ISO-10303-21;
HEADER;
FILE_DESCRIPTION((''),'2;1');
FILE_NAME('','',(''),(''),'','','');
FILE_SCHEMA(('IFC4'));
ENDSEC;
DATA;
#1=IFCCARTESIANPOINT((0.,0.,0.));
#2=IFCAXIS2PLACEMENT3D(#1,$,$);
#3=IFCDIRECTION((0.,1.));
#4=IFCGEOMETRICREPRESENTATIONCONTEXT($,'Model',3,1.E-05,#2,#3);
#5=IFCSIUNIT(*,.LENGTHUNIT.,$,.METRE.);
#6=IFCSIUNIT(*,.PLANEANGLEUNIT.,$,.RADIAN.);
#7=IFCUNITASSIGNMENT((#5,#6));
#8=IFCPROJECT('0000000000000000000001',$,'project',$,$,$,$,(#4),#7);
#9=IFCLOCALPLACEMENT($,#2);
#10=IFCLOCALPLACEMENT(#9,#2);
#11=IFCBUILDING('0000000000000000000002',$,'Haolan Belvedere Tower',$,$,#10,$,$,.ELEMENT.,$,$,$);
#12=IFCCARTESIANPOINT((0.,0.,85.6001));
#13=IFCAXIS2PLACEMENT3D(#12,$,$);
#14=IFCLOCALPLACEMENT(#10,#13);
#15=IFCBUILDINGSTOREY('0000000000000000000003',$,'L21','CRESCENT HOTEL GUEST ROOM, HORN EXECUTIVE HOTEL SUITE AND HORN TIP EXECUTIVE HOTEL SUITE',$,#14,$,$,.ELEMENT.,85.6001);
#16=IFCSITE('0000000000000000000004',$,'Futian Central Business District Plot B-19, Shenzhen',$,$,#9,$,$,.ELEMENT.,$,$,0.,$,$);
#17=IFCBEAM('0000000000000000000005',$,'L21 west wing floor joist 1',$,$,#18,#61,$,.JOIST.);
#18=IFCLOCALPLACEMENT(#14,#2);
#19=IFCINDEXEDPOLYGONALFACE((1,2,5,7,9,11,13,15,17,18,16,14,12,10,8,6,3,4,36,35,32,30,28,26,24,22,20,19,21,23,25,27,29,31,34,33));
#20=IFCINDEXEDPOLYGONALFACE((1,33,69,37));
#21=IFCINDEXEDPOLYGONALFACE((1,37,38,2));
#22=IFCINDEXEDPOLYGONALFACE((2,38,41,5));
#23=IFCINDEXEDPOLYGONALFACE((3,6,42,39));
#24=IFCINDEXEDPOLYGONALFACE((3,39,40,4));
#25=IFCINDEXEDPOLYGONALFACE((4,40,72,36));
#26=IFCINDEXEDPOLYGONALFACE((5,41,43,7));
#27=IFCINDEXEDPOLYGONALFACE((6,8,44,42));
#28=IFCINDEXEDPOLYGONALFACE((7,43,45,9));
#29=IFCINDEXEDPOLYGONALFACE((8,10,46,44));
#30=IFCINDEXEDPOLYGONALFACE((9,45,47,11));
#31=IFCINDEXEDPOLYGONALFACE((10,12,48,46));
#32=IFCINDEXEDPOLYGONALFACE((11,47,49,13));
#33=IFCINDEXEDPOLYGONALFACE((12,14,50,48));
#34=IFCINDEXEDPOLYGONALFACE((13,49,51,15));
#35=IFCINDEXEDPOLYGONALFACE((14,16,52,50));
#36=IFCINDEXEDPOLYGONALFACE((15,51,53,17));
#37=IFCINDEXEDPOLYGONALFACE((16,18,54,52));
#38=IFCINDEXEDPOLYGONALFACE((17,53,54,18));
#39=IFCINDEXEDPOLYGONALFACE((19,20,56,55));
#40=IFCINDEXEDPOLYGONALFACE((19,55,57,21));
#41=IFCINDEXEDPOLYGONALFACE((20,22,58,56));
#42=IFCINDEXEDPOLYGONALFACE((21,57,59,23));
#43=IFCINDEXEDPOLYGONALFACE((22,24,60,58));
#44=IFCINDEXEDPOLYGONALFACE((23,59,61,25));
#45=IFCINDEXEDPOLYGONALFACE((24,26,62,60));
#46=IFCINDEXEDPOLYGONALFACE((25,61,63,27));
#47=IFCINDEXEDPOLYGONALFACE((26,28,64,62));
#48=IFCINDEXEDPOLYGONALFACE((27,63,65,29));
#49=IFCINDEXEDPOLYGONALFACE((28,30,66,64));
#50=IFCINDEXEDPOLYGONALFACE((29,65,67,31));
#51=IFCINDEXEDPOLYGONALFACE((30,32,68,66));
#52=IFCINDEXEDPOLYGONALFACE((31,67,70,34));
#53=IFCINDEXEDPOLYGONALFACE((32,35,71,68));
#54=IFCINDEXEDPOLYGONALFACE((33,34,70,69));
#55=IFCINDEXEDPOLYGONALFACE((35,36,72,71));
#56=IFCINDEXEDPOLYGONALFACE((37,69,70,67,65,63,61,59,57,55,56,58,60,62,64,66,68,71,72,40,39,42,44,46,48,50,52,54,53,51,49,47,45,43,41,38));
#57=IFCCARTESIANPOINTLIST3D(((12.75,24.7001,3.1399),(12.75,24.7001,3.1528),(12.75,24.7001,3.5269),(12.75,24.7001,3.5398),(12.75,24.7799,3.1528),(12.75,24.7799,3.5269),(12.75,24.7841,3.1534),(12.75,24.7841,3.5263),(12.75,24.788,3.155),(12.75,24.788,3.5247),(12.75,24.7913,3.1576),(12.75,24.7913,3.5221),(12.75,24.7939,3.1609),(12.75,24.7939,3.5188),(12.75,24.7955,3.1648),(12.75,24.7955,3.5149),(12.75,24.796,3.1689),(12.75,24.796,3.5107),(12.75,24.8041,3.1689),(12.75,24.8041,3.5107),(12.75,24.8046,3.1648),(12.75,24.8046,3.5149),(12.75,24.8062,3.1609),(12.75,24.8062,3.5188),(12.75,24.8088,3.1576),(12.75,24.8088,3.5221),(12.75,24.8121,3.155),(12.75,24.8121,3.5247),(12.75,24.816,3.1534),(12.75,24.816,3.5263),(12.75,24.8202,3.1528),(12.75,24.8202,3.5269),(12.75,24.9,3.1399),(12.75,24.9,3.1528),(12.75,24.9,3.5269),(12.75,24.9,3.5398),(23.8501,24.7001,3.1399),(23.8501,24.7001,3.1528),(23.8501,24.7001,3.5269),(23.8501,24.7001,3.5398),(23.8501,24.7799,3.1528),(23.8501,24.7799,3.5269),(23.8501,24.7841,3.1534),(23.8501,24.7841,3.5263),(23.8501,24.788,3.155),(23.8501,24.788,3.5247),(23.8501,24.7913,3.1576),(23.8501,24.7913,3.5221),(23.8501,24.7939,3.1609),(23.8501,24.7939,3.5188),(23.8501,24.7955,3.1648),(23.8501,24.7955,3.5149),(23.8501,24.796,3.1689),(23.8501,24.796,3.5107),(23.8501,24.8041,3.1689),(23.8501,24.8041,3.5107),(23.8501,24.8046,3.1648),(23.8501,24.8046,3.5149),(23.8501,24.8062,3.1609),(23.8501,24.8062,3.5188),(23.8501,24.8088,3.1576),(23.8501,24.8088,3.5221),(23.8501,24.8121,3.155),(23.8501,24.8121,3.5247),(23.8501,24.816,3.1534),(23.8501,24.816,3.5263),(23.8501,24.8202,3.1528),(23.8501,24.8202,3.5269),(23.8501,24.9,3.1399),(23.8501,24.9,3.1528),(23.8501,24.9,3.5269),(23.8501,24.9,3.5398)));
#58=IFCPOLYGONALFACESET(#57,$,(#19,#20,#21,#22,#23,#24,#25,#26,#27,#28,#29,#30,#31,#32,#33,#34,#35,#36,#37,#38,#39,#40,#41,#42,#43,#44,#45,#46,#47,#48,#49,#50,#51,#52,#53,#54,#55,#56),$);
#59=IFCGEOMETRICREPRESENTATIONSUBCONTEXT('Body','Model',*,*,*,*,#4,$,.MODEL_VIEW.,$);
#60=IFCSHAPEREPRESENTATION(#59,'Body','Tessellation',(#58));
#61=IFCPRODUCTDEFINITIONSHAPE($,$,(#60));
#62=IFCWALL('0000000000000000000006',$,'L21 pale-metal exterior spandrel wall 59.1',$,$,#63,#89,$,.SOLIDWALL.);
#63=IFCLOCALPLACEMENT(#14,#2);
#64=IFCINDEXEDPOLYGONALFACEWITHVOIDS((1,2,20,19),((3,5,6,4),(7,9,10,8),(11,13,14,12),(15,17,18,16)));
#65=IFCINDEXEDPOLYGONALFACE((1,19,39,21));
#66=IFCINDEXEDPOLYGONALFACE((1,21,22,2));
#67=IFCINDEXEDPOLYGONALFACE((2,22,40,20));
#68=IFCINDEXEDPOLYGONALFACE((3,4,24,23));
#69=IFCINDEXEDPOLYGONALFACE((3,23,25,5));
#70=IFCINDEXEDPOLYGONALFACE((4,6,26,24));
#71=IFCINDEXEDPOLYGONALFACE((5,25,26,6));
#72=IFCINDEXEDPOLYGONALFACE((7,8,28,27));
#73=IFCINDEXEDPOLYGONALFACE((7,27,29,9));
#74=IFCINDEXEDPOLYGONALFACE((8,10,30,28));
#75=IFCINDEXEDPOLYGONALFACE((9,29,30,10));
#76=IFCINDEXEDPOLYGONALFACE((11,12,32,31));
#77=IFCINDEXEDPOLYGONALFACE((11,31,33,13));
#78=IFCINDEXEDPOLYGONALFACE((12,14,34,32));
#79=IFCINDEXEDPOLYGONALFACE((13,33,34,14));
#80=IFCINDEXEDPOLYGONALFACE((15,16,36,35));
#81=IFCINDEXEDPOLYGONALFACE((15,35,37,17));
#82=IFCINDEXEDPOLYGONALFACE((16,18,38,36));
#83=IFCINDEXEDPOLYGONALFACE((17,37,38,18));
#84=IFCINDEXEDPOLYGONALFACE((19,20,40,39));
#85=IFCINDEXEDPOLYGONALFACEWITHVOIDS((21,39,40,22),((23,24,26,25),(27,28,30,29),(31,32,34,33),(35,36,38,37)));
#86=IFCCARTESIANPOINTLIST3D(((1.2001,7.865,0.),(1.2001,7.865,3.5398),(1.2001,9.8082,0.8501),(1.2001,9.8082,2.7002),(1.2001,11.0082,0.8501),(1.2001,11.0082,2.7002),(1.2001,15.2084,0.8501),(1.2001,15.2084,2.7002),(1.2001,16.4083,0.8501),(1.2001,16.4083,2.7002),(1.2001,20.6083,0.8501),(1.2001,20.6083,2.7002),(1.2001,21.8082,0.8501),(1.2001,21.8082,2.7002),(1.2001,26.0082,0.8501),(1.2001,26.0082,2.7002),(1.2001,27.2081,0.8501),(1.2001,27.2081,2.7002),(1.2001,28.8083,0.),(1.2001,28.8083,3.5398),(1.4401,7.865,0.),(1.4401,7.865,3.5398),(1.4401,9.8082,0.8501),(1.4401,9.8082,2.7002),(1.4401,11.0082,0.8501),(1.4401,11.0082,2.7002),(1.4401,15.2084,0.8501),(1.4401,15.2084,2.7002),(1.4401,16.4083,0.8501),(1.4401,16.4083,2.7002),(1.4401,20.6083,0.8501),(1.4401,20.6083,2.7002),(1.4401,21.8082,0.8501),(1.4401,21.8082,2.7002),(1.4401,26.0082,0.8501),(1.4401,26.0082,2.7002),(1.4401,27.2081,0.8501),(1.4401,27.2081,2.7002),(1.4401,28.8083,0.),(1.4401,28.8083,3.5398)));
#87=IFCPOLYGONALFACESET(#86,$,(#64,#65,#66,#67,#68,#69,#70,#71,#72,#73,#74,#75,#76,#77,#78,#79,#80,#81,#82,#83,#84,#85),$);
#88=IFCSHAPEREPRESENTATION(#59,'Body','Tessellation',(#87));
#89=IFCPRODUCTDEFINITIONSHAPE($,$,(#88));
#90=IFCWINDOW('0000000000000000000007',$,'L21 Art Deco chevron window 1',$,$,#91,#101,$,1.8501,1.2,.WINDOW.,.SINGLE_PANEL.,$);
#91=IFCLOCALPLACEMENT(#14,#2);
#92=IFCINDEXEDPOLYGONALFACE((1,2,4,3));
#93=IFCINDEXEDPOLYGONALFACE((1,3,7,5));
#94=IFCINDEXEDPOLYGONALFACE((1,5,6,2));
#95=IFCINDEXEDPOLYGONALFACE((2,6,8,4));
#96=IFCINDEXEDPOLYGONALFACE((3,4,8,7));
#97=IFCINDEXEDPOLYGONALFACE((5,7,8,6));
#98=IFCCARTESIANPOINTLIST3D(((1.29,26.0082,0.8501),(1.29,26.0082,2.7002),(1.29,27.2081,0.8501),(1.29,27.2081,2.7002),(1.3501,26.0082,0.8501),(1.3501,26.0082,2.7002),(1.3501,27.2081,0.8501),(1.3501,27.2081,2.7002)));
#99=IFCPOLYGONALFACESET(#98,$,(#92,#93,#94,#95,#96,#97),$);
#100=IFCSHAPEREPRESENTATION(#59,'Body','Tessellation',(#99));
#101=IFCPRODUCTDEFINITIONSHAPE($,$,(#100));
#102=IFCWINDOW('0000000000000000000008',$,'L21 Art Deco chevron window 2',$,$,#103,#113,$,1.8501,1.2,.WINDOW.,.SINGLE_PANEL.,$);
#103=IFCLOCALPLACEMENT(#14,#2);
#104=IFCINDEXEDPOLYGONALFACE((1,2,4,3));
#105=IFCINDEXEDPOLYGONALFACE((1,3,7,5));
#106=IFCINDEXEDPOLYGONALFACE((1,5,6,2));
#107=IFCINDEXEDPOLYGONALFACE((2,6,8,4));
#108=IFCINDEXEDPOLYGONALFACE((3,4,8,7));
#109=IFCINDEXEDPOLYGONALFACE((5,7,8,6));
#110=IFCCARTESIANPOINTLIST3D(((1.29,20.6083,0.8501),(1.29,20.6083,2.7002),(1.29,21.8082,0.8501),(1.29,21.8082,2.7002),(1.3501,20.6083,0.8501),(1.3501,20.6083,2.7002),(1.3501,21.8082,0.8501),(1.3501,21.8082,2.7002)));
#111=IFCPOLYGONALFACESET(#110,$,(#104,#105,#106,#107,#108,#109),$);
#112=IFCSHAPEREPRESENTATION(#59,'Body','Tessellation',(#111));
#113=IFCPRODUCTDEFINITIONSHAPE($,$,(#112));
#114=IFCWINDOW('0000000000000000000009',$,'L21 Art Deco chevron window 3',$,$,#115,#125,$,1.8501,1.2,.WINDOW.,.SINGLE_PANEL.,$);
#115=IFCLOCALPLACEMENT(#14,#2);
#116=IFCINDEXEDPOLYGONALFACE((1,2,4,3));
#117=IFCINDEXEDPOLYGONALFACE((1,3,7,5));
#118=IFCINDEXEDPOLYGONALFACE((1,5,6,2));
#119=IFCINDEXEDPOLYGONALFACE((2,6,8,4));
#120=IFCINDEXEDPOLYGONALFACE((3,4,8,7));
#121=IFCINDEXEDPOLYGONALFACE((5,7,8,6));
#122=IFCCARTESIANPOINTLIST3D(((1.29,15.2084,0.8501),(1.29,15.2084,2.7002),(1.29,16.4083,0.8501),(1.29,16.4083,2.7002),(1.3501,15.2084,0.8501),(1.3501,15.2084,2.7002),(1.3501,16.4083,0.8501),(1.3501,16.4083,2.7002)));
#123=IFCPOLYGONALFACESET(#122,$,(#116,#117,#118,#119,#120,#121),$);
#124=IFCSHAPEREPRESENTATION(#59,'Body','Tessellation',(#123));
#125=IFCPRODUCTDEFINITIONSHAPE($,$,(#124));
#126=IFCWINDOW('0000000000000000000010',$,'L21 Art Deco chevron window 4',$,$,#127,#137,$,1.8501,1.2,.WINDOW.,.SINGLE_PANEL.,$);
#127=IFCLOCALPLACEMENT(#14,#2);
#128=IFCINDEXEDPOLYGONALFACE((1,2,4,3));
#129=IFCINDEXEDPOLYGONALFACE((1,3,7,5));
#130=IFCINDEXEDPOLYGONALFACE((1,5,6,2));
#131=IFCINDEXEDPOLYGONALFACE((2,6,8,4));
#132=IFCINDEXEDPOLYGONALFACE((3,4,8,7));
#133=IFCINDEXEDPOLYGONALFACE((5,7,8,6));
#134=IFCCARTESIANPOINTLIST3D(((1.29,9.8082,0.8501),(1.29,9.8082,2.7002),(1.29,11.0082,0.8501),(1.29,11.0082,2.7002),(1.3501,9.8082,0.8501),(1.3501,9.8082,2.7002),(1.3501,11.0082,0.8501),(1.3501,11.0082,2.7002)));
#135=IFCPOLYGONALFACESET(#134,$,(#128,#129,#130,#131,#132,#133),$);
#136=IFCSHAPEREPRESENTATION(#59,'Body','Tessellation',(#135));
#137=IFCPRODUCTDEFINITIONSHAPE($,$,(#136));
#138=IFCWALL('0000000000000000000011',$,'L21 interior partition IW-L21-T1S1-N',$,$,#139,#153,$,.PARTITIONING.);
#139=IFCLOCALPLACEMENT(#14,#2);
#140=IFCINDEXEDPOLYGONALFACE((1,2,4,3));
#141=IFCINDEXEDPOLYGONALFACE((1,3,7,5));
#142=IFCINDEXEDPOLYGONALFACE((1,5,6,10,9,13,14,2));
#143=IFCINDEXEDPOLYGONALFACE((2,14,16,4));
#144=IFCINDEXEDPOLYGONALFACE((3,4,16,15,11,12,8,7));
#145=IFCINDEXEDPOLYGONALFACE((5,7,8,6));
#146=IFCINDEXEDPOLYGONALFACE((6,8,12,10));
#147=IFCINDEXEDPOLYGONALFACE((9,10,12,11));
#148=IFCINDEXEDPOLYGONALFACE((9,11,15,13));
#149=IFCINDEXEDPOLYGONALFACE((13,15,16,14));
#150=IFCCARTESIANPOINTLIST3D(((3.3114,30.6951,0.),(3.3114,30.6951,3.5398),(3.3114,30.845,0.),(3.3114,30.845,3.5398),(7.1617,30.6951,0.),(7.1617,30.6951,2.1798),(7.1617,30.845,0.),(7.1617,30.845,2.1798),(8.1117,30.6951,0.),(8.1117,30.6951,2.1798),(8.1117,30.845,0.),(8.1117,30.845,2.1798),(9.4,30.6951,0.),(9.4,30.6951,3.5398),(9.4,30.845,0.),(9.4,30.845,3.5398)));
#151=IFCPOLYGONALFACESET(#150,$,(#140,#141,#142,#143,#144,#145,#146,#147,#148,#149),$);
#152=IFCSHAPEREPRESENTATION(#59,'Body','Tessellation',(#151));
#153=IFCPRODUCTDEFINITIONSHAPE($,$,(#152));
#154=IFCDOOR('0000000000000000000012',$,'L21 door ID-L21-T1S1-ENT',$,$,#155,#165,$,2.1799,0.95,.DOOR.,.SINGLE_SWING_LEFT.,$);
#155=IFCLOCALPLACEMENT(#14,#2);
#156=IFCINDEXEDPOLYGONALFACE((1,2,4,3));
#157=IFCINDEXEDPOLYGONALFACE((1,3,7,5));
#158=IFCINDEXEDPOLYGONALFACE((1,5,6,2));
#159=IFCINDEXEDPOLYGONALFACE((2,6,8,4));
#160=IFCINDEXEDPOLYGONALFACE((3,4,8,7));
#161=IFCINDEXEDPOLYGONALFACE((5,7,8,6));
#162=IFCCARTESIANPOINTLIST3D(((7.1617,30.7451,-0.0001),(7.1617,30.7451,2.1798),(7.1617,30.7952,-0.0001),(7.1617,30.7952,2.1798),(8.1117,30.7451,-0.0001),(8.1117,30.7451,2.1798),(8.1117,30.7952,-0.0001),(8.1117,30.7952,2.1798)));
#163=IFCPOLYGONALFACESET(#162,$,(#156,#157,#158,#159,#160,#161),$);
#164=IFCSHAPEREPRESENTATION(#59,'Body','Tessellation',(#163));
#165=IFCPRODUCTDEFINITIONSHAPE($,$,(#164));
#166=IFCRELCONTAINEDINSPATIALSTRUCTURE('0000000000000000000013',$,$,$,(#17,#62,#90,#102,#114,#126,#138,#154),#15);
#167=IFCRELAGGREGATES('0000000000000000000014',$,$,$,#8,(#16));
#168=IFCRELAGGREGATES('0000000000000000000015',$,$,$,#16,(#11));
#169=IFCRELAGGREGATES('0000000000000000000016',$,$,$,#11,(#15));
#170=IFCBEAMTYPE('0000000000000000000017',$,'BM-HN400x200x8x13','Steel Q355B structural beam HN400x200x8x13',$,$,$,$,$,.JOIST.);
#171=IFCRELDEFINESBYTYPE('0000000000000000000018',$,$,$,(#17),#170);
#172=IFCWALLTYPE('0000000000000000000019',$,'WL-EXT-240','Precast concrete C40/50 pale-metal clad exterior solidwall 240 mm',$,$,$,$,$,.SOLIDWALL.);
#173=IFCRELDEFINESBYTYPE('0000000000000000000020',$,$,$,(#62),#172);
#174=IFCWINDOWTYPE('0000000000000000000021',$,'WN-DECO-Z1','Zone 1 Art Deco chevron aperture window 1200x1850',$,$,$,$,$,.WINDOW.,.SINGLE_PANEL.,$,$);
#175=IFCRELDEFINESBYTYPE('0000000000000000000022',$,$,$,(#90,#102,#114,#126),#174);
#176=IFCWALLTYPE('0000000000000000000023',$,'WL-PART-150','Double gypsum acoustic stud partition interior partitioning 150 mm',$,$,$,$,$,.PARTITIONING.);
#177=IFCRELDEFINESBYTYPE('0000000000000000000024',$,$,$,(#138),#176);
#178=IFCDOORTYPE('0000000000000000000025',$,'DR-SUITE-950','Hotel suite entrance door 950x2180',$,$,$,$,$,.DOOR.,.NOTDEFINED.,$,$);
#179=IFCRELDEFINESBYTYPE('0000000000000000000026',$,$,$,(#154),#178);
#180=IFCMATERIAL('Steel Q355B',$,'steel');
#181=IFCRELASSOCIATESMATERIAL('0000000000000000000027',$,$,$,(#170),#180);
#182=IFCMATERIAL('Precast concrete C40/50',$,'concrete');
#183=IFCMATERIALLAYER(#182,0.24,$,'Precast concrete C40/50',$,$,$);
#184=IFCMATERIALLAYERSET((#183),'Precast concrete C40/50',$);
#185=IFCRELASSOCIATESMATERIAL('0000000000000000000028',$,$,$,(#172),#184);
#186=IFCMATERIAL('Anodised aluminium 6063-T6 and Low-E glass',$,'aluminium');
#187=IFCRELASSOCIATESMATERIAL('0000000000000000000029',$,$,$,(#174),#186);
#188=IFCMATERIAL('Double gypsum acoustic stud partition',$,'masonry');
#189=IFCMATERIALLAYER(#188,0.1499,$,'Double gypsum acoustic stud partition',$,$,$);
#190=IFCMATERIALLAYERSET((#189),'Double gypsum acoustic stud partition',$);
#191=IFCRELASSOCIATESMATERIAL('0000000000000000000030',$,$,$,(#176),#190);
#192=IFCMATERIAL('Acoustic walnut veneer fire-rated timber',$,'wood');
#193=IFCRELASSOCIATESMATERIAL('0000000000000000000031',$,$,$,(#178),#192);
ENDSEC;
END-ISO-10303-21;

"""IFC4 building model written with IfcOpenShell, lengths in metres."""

from ifc_helpers import new_model, si_unit, direction, frame, frame_2d, origin, origin_2d, place, context, subcontext, project, spatial, rectangle, i_section, extrude, material, layer, layer_set, material_profile, profile_set, type_object, element, fill, save


model = new_model("IFC4")

# Units and contexts
model_context = context("Model", 3, precision=1e-05, world=origin(), true_north=direction((0.0, 1.0)))
body_context = subcontext(model_context, "Body", "Model", "MODEL_VIEW")
ifc_project = project(units=[si_unit("LENGTHUNIT", "METRE"), si_unit("PLANEANGLEUNIT", "RADIAN")], contexts=[model_context])

# Site, building, storey
site_placement = place(None, origin())
site = spatial("IfcSite", under=ifc_project, at=site_placement, Name="Futian Central Business District Plot B-19, Shenzhen", CompositionType="ELEMENT", RefElevation=0.0)
building_placement = place(site_placement, origin())
building = spatial("IfcBuilding", under=site, at=building_placement, Name="Haolan Belvedere Tower", CompositionType="ELEMENT")
storey_placement = place(building_placement, frame((0.0, 0.0, 85.6001)))
storey = spatial("IfcBuildingStorey", under=building, at=storey_placement, Name="L21", Description="CRESCENT HOTEL GUEST ROOM, HORN EXECUTIVE HOTEL SUITE AND HORN TIP EXECUTIVE HOTEL SUITE", CompositionType="ELEMENT", Elevation=85.6001)

# Shared definitions
ifc_material_1 = material(Name="Steel Q355B", Category="steel")

# Beam
ifc_material_profile_1 = material_profile(ifc_material_1, i_section(OverallWidth=0.2, OverallDepth=0.3999, WebThickness=0.0081, FlangeThickness=0.0129, FilletRadius=0.0161, at=origin_2d()), Name="Steel Q355B")
ifc_profile_set_1 = profile_set([ifc_material_profile_1], Name="Steel Q355B")
beam_type_1 = type_object("IfcBeamType", Name="BM-HN400x200x8x13", Description="Steel Q355B structural beam HN400x200x8x13", PredefinedType="JOIST", material=ifc_profile_set_1)
beam_1_placement = place(storey_placement, frame((12.75, 24.8, 3.3398), z_axis=(1.0, 0.0, 0.0), x_axis=(0.0, 1.0, 0.0)))
element("IfcBeam", 1, at=beam_1_placement, inside=storey, type_object=beam_type_1, Name="L21 west wing floor joist 1", PredefinedType="JOIST", context=body_context, shape_type="SweptSolid", body=[
    extrude(i_section(OverallWidth=0.2, OverallDepth=0.3999, WebThickness=0.0081, FlangeThickness=0.0129, FilletRadius=0.0161, at=origin_2d()), origin(), (0.0, 0.0, 1.0), 11.1001),
])

# Wall, openings, windows
ifc_material_2 = material(Name="Precast concrete C40/50", Category="concrete")
ifc_layer_1 = layer(ifc_material_2, 0.24, Name="Precast concrete C40/50")
ifc_layer_set_1 = layer_set([ifc_layer_1], Name="Precast concrete C40/50")
wall_type_1 = type_object("IfcWallType", Name="WL-EXT-240", Description="Precast concrete C40/50 pale-metal clad exterior solidwall 240 mm", PredefinedType="SOLIDWALL", material=ifc_layer_set_1)
wall_1_placement = place(storey_placement, frame((1.3201, 28.8083, 0.0), z_axis=(0.0, 0.0, 1.0), x_axis=(0.0, -1.0, 0.0)))
wall_1 = element("IfcWall", 2, at=wall_1_placement, inside=storey, type_object=wall_type_1, Name="L21 pale-metal exterior spandrel wall 59.1", PredefinedType="SOLIDWALL", context=body_context, shape_type="SweptSolid", body=[
    extrude(rectangle(XDim=20.9434, YDim=0.24, at=frame_2d((10.4717, 0.0))), origin(), (0.0, 0.0, 1.0), 3.5398),
])
opening_1_placement = place(wall_1_placement, frame((1.6001, 0.0, 0.8501)))
opening_1 = element("IfcOpeningElement", 3, at=opening_1_placement, cuts=wall_1, PredefinedType="OPENING", context=body_context, shape_type="SweptSolid", body=[
    extrude(rectangle(XDim=1.2, YDim=1.8501, at=frame_2d((0.6001, 0.925))), frame((0.0, 0.1299, 0.0), z_axis=(0.0, -1.0, 0.0), x_axis=(1.0, 0.0, 0.0)), (0.0, 0.0, 1.0), 0.26),
])
opening_2_placement = place(wall_1_placement, frame((7.0, 0.0, 0.8501)))
opening_2 = element("IfcOpeningElement", 4, at=opening_2_placement, cuts=wall_1, PredefinedType="OPENING", context=body_context, shape_type="SweptSolid", body=[
    extrude(rectangle(XDim=1.2, YDim=1.8501, at=frame_2d((0.6001, 0.925))), frame((0.0, 0.1299, 0.0), z_axis=(0.0, -1.0, 0.0), x_axis=(1.0, 0.0, 0.0)), (0.0, 0.0, 1.0), 0.26),
])
opening_3_placement = place(wall_1_placement, frame((12.3999, 0.0, 0.8501)))
opening_3 = element("IfcOpeningElement", 5, at=opening_3_placement, cuts=wall_1, PredefinedType="OPENING", context=body_context, shape_type="SweptSolid", body=[
    extrude(rectangle(XDim=1.2, YDim=1.8501, at=frame_2d((0.6001, 0.925))), frame((0.0, 0.1299, 0.0), z_axis=(0.0, -1.0, 0.0), x_axis=(1.0, 0.0, 0.0)), (0.0, 0.0, 1.0), 0.26),
])
opening_4_placement = place(wall_1_placement, frame((17.8, 0.0, 0.8501)))
opening_4 = element("IfcOpeningElement", 6, at=opening_4_placement, cuts=wall_1, PredefinedType="OPENING", context=body_context, shape_type="SweptSolid", body=[
    extrude(rectangle(XDim=1.2, YDim=1.8501, at=frame_2d((0.6001, 0.925))), frame((0.0, 0.1299, 0.0), z_axis=(0.0, -1.0, 0.0), x_axis=(1.0, 0.0, 0.0)), (0.0, 0.0, 1.0), 0.26),
])
ifc_material_3 = material(Name="Anodised aluminium 6063-T6 and Low-E glass", Category="aluminium")
window_type = type_object("IfcWindowType", Name="WN-DECO-Z1", Description="Zone 1 Art Deco chevron aperture window 1200x1850", PartitioningType="SINGLE_PANEL", PredefinedType="WINDOW", material=ifc_material_3)
window_1_placement = place(opening_1_placement, origin())
window_1 = element("IfcWindow", 7, at=window_1_placement, inside=storey, type_object=window_type, Name="L21 Art Deco chevron window 1", OverallHeight=1.8501, OverallWidth=1.2, PartitioningType="SINGLE_PANEL", PredefinedType="WINDOW", context=body_context, shape_type="SweptSolid", body=[
    extrude(rectangle(XDim=1.2, YDim=1.8501, at=frame_2d((0.6001, 0.925))), frame((0.0, 0.03, 0.0), z_axis=(0.0, -1.0, 0.0), x_axis=(1.0, 0.0, 0.0)), (0.0, 0.0, 1.0), 0.0601),
])
fill(opening_1, window_1)
window_2_placement = place(opening_2_placement, origin())
window_2 = element("IfcWindow", 8, at=window_2_placement, inside=storey, type_object=window_type, Name="L21 Art Deco chevron window 2", OverallHeight=1.8501, OverallWidth=1.2, PartitioningType="SINGLE_PANEL", PredefinedType="WINDOW", context=body_context, shape_type="SweptSolid", body=[
    extrude(rectangle(XDim=1.2, YDim=1.8501, at=frame_2d((0.6001, 0.925))), frame((0.0, 0.03, 0.0), z_axis=(0.0, -1.0, 0.0), x_axis=(1.0, 0.0, 0.0)), (0.0, 0.0, 1.0), 0.0601),
])
fill(opening_2, window_2)
window_3_placement = place(opening_3_placement, origin())
window_3 = element("IfcWindow", 9, at=window_3_placement, inside=storey, type_object=window_type, Name="L21 Art Deco chevron window 3", OverallHeight=1.8501, OverallWidth=1.2, PartitioningType="SINGLE_PANEL", PredefinedType="WINDOW", context=body_context, shape_type="SweptSolid", body=[
    extrude(rectangle(XDim=1.2, YDim=1.8501, at=frame_2d((0.6001, 0.925))), frame((0.0, 0.03, 0.0), z_axis=(0.0, -1.0, 0.0), x_axis=(1.0, 0.0, 0.0)), (0.0, 0.0, 1.0), 0.0601),
])
fill(opening_3, window_3)
window_4_placement = place(opening_4_placement, origin())
window_4 = element("IfcWindow", 10, at=window_4_placement, inside=storey, type_object=window_type, Name="L21 Art Deco chevron window 4", OverallHeight=1.8501, OverallWidth=1.2, PartitioningType="SINGLE_PANEL", PredefinedType="WINDOW", context=body_context, shape_type="SweptSolid", body=[
    extrude(rectangle(XDim=1.2, YDim=1.8501, at=frame_2d((0.6001, 0.925))), frame((0.0, 0.03, 0.0), z_axis=(0.0, -1.0, 0.0), x_axis=(1.0, 0.0, 0.0)), (0.0, 0.0, 1.0), 0.0601),
])
fill(opening_4, window_4)

# Wall, opening, door
ifc_material_4 = material(Name="Double gypsum acoustic stud partition", Category="masonry")
ifc_layer_2 = layer(ifc_material_4, 0.1499, Name="Double gypsum acoustic stud partition")
ifc_layer_set_2 = layer_set([ifc_layer_2], Name="Double gypsum acoustic stud partition")
wall_type_2 = type_object("IfcWallType", Name="WL-PART-150", Description="Double gypsum acoustic stud partition interior partitioning 150 mm", PredefinedType="PARTITIONING", material=ifc_layer_set_2)
wall_2_placement = place(storey_placement, frame((3.3113, 30.77, 0.0), z_axis=(0.0, 0.0, 1.0), x_axis=(1.0, 0.0, 0.0)))
wall_2 = element("IfcWall", 11, at=wall_2_placement, inside=storey, type_object=wall_type_2, Name="L21 interior partition IW-L21-T1S1-N", PredefinedType="PARTITIONING", context=body_context, shape_type="SweptSolid", body=[
    extrude(rectangle(XDim=6.0886, YDim=0.1499, at=frame_2d((3.0444, 0.0))), origin(), (0.0, 0.0, 1.0), 3.5398),
])
opening_5_placement = place(wall_2_placement, frame((4.8005, 0.0, 0.0), z_axis=(0.0, 0.0, 1.0), x_axis=(-1.0, 0.0, 0.0)))
opening_5 = element("IfcOpeningElement", 12, at=opening_5_placement, cuts=wall_2, PredefinedType="OPENING", context=body_context, shape_type="SweptSolid", body=[
    extrude(rectangle(XDim=0.95, YDim=2.1799, at=frame_2d((0.4751, 1.0898))), frame((0.0, 0.085, 0.0), z_axis=(0.0, -1.0, 0.0), x_axis=(1.0, 0.0, 0.0)), (0.0, 0.0, 1.0), 0.1699),
])
ifc_material_5 = material(Name="Acoustic walnut veneer fire-rated timber", Category="wood")
door_type_1 = type_object("IfcDoorType", Name="DR-SUITE-950", Description="Hotel suite entrance door 950x2180", OperationType="NOTDEFINED", PredefinedType="DOOR", material=ifc_material_5)
door_1_placement = place(opening_5_placement, origin())
door_1 = element("IfcDoor", 13, at=door_1_placement, inside=storey, type_object=door_type_1, Name="L21 door ID-L21-T1S1-ENT", OperationType="SINGLE_SWING_LEFT", OverallHeight=2.1799, OverallWidth=0.95, PredefinedType="DOOR", context=body_context, shape_type="SweptSolid", body=[
    extrude(rectangle(XDim=0.95, YDim=2.1799, at=frame_2d((0.4751, 1.0898))), frame((0.0, 0.0249, 0.0), z_axis=(0.0, -1.0, 0.0), x_axis=(1.0, 0.0, 0.0)), (0.0, 0.0, 1.0), 0.05),
])
fill(opening_5, door_1)

save(model, "model.ifc")
